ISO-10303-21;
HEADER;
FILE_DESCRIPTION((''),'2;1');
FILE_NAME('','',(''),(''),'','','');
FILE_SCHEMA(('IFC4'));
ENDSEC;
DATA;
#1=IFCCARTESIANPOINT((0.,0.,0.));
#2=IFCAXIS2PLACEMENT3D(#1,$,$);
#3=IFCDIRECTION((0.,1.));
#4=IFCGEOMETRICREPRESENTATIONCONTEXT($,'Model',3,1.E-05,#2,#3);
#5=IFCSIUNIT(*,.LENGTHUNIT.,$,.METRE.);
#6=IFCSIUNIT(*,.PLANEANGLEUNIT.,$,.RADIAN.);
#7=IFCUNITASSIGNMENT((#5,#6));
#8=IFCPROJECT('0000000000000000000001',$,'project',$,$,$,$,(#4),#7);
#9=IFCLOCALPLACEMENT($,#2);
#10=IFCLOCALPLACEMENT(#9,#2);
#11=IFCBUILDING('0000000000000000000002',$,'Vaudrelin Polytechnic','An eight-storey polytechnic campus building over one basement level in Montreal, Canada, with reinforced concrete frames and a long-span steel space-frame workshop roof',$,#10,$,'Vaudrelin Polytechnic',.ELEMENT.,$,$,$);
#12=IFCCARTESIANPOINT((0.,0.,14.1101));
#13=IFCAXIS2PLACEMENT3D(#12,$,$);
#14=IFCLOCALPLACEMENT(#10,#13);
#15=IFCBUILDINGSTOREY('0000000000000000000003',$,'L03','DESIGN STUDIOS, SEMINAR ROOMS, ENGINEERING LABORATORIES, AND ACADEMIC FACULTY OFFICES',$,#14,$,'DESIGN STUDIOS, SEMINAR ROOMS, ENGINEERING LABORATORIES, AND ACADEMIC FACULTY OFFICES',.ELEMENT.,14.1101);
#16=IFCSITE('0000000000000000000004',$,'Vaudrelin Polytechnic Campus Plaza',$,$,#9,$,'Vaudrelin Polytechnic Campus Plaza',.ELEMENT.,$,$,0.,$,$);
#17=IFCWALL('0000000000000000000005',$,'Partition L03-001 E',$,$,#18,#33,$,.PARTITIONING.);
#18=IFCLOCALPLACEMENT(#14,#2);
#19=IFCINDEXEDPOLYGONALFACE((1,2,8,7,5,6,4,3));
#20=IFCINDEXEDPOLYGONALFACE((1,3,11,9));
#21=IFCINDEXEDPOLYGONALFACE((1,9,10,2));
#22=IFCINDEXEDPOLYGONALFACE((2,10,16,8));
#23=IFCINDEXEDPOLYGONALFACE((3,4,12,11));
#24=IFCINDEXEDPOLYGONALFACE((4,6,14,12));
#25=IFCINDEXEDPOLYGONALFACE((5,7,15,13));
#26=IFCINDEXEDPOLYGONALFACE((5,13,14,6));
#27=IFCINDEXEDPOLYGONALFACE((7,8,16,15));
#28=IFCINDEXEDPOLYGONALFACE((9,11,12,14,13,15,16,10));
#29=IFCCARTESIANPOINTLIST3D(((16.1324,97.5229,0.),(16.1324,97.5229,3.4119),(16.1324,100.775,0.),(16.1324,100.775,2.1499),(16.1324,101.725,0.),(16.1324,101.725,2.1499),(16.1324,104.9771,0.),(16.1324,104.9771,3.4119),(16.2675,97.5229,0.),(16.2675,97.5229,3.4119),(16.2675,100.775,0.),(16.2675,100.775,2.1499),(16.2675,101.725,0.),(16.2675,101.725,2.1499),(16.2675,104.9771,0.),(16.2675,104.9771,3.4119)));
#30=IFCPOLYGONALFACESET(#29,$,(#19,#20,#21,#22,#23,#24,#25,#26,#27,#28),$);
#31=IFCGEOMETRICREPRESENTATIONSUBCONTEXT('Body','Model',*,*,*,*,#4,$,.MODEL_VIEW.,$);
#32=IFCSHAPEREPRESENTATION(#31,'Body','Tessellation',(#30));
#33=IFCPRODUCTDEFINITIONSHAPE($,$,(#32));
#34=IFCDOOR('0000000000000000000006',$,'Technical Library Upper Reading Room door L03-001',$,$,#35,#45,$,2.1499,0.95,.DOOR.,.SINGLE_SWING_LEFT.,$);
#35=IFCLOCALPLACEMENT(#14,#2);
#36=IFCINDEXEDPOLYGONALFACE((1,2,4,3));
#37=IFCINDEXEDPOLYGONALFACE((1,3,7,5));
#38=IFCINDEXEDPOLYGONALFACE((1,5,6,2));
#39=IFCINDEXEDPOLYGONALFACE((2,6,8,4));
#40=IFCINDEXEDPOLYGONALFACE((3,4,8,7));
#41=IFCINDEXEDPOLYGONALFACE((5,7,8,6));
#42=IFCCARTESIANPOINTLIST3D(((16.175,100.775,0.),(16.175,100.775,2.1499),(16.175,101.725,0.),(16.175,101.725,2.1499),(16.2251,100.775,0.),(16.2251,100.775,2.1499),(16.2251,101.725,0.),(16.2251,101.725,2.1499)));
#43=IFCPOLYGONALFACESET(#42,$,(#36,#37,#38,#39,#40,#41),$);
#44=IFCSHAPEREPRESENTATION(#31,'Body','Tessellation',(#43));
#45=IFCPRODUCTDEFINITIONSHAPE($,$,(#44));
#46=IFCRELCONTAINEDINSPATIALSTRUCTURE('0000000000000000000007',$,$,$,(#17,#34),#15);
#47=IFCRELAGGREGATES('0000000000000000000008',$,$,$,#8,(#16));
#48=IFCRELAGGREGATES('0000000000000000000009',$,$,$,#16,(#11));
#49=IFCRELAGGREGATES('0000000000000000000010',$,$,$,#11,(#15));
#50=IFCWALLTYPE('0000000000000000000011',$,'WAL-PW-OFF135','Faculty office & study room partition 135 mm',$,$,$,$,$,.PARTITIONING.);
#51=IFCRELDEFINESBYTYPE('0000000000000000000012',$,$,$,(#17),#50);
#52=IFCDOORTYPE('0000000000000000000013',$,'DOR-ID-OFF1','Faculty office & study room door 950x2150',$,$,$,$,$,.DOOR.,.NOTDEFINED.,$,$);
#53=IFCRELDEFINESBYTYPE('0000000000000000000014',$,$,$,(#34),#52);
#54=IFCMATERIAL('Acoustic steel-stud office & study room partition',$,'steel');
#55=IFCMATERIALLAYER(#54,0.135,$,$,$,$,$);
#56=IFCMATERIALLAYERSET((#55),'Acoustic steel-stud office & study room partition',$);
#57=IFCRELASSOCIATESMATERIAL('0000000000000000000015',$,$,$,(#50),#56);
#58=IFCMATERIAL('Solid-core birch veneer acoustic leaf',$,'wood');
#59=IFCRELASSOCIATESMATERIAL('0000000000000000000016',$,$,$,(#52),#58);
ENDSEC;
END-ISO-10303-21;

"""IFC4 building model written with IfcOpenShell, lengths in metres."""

from ifc_helpers import new_model, si_unit, direction, frame, frame_2d, origin, place, context, subcontext, project, spatial, rectangle, extrude, material, layer, layer_set, type_object, element, fill, save


model = new_model("IFC4")

# Units and contexts
model_context = context("Model", 3, precision=1e-05, world=origin(), true_north=direction((0.0, 1.0)))
body_context = subcontext(model_context, "Body", "Model", "MODEL_VIEW")
ifc_project = project(units=[si_unit("LENGTHUNIT", "METRE"), si_unit("PLANEANGLEUNIT", "RADIAN")], contexts=[model_context])

# Site, building, storey
site_placement = place(None, origin())
site = spatial("IfcSite", under=ifc_project, at=site_placement, Name="Vaudrelin Polytechnic Campus Plaza", LongName="Vaudrelin Polytechnic Campus Plaza", CompositionType="ELEMENT", RefElevation=0.0)
building_placement = place(site_placement, origin())
building = spatial("IfcBuilding", under=site, at=building_placement, Name="Vaudrelin Polytechnic", Description="An eight-storey polytechnic campus building over one basement level in Montreal, Canada, with reinforced concrete frames and a long-span steel space-frame workshop roof", LongName="Vaudrelin Polytechnic", CompositionType="ELEMENT")
storey_placement = place(building_placement, frame((0.0, 0.0, 14.1101)))
storey = spatial("IfcBuildingStorey", under=building, at=storey_placement, Name="L03", Description="DESIGN STUDIOS, SEMINAR ROOMS, ENGINEERING LABORATORIES, AND ACADEMIC FACULTY OFFICES", LongName="DESIGN STUDIOS, SEMINAR ROOMS, ENGINEERING LABORATORIES, AND ACADEMIC FACULTY OFFICES", CompositionType="ELEMENT", Elevation=14.1101)

# Wall, opening, door
ifc_material_1 = material(Name="Acoustic steel-stud office & study room partition", Category="steel")
ifc_layer_1 = layer(ifc_material_1, 0.135)
ifc_layer_set_1 = layer_set([ifc_layer_1], Name="Acoustic steel-stud office & study room partition")
wall_type_1 = type_object("IfcWallType", Name="WAL-PW-OFF135", Description="Faculty office & study room partition 135 mm", PredefinedType="PARTITIONING", material=ifc_layer_set_1)
wall_1_placement = place(storey_placement, frame((16.2, 97.5229, 0.0), z_axis=(0.0, 0.0, 1.0), x_axis=(0.0, 1.0, 0.0)))
wall_1 = element("IfcWall", 1, at=wall_1_placement, inside=storey, type_object=wall_type_1, Name="Partition L03-001 E", PredefinedType="PARTITIONING", context=body_context, shape_type="SweptSolid", body=[
    extrude(rectangle(XDim=7.4541, YDim=0.135, at=frame_2d((3.7271, 0.0))), origin(), (0.0, 0.0, 1.0), 3.4119),
])
opening_placement = place(wall_1_placement, frame((3.252, 0.0, 0.0)))
opening = element("IfcOpeningElement", 2, at=opening_placement, cuts=wall_1, PredefinedType="OPENING", context=body_context, shape_type="SweptSolid", body=[
    extrude(rectangle(XDim=0.95, YDim=2.1499, at=frame_2d((0.4751, 1.075))), frame((0.0, 0.0776, 0.0), z_axis=(0.0, -1.0, 0.0), x_axis=(1.0, 0.0, 0.0)), (0.0, 0.0, 1.0), 0.155),
])
ifc_material_2 = material(Name="Solid-core birch veneer acoustic leaf", Category="wood")
door_type = type_object("IfcDoorType", Name="DOR-ID-OFF1", Description="Faculty office & study room door 950x2150", OperationType="NOTDEFINED", PredefinedType="DOOR", material=ifc_material_2)
door_placement = place(opening_placement, origin())
door = element("IfcDoor", 3, at=door_placement, inside=storey, type_object=door_type, Name="Technical Library Upper Reading Room door L03-001", OperationType="SINGLE_SWING_LEFT", OverallHeight=2.1499, OverallWidth=0.95, PredefinedType="DOOR", context=body_context, shape_type="SweptSolid", body=[
    extrude(rectangle(XDim=0.95, YDim=2.1499, at=frame_2d((0.4751, 1.075))), frame((0.0, 0.0249, 0.0), z_axis=(0.0, -1.0, 0.0), x_axis=(1.0, 0.0, 0.0)), (0.0, 0.0, 1.0), 0.05),
])
fill(opening, door)

save(model, "model.ifc")
